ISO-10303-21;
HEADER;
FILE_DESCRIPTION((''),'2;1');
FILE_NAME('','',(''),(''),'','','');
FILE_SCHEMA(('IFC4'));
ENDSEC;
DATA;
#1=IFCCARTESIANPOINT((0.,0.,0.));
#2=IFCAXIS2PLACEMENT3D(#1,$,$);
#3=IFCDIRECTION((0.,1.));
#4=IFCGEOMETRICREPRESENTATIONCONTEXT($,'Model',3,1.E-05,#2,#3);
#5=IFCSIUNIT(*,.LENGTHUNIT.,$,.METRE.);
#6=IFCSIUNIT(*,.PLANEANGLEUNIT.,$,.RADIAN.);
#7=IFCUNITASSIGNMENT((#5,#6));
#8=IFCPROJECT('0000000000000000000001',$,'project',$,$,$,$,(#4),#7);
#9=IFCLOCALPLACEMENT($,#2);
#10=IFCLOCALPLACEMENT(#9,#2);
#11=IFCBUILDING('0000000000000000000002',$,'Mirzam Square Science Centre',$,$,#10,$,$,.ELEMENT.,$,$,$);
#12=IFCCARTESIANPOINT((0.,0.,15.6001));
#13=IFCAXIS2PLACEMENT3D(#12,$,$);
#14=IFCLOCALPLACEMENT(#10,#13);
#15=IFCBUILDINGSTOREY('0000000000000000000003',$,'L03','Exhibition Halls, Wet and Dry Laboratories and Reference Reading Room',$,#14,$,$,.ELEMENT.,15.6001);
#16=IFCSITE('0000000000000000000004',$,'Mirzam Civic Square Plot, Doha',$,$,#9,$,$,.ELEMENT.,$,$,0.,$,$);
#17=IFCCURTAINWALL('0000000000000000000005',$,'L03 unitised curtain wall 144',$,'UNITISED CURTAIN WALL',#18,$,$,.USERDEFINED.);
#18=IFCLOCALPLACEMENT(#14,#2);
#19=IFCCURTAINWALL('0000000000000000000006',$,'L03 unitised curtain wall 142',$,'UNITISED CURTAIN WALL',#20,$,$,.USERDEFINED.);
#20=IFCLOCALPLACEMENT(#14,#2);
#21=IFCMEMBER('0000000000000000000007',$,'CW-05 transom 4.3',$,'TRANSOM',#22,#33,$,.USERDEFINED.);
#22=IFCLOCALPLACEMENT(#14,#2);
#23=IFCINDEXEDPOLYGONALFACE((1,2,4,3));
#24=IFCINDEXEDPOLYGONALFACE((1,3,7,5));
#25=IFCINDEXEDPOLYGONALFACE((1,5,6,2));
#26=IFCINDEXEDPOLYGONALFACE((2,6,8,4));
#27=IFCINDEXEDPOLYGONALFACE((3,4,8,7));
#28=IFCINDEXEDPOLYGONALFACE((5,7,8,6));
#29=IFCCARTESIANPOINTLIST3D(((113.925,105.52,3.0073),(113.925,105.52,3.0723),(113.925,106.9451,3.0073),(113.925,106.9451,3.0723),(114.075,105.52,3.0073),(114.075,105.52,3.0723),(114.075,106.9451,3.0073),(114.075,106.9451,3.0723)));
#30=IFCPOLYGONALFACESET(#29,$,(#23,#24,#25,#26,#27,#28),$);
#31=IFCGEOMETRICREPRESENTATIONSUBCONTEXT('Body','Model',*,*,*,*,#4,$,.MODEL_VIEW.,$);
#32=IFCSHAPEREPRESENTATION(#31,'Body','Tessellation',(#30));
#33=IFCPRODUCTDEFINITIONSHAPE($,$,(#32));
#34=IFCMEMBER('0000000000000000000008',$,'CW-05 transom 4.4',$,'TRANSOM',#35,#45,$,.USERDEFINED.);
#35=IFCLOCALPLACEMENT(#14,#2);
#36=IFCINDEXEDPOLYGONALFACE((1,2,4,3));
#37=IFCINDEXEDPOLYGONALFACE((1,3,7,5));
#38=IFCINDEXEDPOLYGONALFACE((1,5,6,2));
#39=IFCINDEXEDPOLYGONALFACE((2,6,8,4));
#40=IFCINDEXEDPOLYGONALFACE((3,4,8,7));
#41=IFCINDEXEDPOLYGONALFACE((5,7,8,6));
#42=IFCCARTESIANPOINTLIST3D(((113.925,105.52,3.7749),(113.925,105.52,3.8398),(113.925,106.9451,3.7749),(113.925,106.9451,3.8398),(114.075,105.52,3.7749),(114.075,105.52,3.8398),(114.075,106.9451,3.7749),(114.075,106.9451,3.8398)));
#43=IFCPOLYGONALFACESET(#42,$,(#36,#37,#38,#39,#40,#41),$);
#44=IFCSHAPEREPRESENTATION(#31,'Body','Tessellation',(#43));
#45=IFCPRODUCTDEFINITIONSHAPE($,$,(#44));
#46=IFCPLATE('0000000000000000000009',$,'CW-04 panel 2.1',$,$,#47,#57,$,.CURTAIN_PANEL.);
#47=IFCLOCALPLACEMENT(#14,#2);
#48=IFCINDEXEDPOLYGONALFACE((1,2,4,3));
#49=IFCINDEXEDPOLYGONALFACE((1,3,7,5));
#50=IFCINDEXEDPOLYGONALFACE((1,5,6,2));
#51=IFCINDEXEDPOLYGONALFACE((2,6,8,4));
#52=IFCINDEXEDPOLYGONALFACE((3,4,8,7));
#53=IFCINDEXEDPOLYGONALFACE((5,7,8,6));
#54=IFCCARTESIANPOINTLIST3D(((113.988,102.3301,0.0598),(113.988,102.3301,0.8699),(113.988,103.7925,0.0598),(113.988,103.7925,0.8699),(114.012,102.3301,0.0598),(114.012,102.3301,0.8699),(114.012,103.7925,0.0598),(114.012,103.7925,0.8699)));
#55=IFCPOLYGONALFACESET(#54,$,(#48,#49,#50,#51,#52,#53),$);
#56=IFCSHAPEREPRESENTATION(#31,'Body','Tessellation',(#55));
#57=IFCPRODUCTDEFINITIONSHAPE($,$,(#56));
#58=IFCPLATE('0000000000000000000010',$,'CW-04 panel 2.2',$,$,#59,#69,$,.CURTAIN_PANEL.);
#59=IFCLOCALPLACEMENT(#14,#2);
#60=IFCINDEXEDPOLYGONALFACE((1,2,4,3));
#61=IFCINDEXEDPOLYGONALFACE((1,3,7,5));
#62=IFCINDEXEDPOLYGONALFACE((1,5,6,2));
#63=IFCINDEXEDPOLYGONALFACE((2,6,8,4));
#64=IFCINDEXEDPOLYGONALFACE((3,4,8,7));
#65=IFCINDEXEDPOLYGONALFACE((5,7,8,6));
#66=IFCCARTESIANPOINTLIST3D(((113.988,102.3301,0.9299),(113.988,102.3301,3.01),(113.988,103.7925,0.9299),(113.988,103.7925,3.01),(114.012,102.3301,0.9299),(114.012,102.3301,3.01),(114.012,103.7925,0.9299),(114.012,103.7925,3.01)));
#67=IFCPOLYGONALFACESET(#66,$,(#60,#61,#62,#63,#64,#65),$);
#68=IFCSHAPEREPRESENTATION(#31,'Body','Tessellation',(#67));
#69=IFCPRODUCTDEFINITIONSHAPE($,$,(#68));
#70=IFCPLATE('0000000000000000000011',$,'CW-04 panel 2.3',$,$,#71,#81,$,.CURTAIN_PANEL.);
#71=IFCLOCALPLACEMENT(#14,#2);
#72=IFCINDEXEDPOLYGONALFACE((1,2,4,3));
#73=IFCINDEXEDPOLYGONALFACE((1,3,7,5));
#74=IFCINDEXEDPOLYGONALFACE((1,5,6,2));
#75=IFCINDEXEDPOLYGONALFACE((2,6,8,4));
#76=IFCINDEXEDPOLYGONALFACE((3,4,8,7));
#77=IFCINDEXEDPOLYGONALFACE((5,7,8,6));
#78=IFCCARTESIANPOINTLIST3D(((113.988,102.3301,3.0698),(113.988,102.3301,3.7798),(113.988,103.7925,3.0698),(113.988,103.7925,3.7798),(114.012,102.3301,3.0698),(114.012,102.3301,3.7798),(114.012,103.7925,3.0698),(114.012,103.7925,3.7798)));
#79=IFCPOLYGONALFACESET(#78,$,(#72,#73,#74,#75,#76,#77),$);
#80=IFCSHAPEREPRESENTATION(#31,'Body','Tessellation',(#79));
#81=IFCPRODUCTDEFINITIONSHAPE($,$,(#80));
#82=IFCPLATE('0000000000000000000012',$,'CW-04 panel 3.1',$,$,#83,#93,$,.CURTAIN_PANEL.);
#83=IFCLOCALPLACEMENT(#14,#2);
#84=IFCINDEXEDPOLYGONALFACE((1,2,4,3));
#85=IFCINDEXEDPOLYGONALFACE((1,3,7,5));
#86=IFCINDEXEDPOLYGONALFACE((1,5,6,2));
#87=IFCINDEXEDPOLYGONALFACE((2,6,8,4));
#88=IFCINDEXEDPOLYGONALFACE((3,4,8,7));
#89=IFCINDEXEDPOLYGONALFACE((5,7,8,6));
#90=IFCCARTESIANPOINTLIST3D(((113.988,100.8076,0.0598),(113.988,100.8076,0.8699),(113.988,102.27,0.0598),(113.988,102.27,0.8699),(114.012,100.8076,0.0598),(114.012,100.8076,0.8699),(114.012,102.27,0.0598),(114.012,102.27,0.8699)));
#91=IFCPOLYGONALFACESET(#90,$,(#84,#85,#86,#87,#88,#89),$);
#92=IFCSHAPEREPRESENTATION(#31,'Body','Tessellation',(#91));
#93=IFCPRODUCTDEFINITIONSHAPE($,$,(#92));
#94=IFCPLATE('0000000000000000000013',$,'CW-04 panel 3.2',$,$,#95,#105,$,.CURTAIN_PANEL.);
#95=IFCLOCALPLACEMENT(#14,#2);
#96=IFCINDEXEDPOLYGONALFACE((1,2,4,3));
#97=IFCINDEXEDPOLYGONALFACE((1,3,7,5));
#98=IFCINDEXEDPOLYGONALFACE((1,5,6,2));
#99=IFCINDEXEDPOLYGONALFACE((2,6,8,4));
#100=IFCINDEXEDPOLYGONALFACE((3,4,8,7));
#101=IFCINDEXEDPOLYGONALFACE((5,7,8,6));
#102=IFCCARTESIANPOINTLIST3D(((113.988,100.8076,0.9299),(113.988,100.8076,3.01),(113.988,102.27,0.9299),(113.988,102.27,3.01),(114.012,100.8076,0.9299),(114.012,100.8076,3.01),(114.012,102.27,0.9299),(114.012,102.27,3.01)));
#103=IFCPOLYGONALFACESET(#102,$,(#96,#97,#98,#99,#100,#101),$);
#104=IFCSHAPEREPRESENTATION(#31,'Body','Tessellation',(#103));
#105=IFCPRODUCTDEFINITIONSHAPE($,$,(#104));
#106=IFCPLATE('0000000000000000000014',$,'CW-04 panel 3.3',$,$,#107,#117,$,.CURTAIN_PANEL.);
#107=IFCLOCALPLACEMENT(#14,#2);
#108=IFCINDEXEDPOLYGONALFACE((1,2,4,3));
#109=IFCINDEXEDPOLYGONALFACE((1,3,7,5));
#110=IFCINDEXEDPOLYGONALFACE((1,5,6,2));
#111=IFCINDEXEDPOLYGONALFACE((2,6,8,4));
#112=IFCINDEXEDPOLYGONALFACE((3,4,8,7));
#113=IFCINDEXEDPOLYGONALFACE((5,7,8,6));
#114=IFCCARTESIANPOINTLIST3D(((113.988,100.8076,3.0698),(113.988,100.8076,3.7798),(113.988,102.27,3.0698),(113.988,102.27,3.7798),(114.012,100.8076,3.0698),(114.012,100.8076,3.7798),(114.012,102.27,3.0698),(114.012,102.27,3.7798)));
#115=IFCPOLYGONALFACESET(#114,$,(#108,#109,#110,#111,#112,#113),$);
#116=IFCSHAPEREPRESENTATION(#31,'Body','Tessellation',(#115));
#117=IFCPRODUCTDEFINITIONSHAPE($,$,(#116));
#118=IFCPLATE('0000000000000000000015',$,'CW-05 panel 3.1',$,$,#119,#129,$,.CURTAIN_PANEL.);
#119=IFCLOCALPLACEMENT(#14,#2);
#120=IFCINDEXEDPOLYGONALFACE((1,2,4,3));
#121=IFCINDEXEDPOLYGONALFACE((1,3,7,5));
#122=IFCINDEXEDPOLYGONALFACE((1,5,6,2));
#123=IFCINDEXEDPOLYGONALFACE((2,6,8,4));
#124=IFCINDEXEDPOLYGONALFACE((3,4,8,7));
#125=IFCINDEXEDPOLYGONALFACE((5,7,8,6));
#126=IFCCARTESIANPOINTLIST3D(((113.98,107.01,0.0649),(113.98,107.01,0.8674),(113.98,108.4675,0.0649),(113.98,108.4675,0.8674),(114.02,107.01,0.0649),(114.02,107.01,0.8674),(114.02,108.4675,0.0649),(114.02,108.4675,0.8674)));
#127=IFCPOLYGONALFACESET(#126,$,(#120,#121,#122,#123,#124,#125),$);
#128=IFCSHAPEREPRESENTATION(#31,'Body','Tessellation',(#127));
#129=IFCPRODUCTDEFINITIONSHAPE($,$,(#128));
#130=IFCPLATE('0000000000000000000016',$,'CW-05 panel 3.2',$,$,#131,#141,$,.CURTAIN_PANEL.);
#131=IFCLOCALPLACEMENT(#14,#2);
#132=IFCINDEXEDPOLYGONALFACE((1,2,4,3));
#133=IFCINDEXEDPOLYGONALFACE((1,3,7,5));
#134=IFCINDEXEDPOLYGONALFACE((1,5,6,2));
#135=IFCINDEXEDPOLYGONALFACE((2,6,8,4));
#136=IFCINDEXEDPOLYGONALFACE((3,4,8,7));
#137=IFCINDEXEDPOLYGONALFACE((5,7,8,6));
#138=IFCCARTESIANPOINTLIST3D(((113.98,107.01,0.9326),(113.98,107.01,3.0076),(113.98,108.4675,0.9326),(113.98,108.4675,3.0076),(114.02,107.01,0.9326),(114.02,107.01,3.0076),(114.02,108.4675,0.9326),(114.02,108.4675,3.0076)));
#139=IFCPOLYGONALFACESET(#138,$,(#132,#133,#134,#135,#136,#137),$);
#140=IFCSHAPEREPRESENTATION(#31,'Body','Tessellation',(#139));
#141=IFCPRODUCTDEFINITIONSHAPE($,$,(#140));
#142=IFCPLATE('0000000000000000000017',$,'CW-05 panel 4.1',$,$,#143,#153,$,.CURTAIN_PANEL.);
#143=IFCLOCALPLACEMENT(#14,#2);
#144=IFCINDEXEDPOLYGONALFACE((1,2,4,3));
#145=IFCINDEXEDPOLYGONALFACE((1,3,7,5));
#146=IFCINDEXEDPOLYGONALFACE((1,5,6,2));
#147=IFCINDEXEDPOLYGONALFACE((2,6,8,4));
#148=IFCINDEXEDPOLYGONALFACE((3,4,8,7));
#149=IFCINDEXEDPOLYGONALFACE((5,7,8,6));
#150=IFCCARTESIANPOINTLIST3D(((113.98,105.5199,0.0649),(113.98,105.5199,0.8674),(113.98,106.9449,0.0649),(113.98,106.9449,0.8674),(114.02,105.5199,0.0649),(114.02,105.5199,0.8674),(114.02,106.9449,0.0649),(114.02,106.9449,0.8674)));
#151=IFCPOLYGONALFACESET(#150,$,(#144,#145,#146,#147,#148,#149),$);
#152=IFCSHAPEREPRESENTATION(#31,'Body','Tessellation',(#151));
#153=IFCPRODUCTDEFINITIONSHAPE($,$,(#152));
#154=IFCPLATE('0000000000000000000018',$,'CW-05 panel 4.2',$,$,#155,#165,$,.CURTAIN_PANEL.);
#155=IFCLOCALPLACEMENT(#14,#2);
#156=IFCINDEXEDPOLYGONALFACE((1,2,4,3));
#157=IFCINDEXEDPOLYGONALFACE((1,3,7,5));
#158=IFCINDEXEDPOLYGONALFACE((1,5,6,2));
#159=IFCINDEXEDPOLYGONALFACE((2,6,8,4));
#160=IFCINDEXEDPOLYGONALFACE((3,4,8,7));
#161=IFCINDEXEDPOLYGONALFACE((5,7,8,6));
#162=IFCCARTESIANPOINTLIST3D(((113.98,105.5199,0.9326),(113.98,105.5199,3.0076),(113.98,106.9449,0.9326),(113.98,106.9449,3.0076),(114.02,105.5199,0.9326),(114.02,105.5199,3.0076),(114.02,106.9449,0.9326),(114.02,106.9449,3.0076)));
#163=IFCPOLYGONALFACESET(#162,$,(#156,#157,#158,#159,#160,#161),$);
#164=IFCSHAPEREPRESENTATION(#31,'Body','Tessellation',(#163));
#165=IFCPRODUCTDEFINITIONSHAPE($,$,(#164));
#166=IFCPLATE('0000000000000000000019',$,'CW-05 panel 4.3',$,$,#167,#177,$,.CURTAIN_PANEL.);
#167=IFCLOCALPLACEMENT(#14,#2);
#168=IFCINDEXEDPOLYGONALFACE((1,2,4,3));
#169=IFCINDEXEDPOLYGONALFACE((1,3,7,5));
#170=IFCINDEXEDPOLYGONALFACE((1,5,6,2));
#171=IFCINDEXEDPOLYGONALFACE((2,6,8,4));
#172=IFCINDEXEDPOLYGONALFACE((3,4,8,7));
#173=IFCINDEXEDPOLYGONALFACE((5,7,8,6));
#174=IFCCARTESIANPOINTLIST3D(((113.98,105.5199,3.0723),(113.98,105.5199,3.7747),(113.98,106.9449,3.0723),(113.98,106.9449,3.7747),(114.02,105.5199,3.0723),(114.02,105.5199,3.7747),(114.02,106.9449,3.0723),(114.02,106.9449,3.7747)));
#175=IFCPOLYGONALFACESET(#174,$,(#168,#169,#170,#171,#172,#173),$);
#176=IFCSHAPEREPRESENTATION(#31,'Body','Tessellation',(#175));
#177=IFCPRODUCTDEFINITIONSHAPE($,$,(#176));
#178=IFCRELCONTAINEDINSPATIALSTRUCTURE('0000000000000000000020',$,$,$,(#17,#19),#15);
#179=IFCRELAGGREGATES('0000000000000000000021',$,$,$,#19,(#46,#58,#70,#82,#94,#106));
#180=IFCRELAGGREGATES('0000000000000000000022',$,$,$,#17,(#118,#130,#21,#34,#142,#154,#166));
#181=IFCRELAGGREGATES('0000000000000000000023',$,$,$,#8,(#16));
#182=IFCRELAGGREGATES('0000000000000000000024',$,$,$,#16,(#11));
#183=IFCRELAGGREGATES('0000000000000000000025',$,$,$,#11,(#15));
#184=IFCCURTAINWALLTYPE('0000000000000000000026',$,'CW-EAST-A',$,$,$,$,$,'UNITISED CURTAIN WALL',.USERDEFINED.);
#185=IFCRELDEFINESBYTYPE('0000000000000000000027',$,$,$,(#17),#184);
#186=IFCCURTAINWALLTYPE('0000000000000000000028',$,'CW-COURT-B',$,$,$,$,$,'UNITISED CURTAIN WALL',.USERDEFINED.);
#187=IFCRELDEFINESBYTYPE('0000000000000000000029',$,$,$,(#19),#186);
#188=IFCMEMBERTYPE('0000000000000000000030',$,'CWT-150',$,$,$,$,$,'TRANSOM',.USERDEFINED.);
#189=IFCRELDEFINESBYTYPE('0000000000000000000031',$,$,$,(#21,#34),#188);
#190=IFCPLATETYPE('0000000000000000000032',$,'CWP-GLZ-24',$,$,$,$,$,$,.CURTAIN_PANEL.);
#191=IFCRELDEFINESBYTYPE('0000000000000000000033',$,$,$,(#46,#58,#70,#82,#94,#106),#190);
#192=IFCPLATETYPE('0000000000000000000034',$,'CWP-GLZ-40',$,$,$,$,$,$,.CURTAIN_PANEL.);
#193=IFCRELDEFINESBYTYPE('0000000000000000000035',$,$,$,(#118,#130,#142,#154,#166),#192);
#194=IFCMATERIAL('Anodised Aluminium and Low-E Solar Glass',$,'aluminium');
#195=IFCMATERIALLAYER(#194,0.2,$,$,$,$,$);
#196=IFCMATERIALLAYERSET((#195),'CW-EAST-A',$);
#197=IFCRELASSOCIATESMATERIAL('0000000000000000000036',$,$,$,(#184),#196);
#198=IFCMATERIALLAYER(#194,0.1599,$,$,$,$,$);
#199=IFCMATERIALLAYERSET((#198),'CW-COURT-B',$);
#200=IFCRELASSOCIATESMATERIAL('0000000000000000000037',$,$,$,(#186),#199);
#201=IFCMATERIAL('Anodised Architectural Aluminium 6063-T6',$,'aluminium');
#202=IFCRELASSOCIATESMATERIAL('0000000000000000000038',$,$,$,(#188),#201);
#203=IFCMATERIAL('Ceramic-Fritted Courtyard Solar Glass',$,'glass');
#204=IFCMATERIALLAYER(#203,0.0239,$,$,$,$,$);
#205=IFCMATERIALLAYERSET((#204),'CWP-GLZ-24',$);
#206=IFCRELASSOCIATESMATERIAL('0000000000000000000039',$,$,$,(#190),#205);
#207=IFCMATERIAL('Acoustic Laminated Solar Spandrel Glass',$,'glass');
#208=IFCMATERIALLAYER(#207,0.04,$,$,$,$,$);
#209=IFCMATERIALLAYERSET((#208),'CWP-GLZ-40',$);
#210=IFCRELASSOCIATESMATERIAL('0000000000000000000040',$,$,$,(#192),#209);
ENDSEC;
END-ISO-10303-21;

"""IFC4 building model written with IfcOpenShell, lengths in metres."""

from ifc_helpers import new_model, si_unit, direction, frame, origin, origin_2d, place, context, subcontext, project, spatial, rectangle, extrude, material, layer, layer_set, material_profile, profile_set, type_object, element, aggregate, save


model = new_model("IFC4")

# Units and contexts
model_context = context("Model", 3, precision=1e-05, world=origin(), true_north=direction((0.0, 1.0)))
body_context = subcontext(model_context, "Body", "Model", "MODEL_VIEW")
ifc_project = project(units=[si_unit("LENGTHUNIT", "METRE"), si_unit("PLANEANGLEUNIT", "RADIAN")], contexts=[model_context])

# Site, building, storey
site_placement = place(None, origin())
site = spatial("IfcSite", under=ifc_project, at=site_placement, Name="Mirzam Civic Square Plot, Doha", CompositionType="ELEMENT", RefElevation=0.0)
building_placement = place(site_placement, origin())
building = spatial("IfcBuilding", under=site, at=building_placement, Name="Mirzam Square Science Centre", CompositionType="ELEMENT")
storey_placement = place(building_placement, frame((0.0, 0.0, 15.6001)))
storey = spatial("IfcBuildingStorey", under=building, at=storey_placement, Name="L03", Description="Exhibition Halls, Wet and Dry Laboratories and Reference Reading Room", CompositionType="ELEMENT", Elevation=15.6001)

# Curtain walls
ifc_material_1 = material(Name="Anodised Aluminium and Low-E Solar Glass", Category="aluminium")
ifc_layer_1 = layer(ifc_material_1, 0.2)
ifc_layer_set_1 = layer_set([ifc_layer_1], Name="CW-EAST-A")
curtain_wall_type_1 = type_object("IfcCurtainWallType", Name="CW-EAST-A", ElementType="UNITISED CURTAIN WALL", PredefinedType="USERDEFINED", material=ifc_layer_set_1)
curtain_wall_1_placement = place(storey_placement, origin())
curtain_wall_1 = element("IfcCurtainWall", 1, at=curtain_wall_1_placement, inside=storey, type_object=curtain_wall_type_1, Name="L03 unitised curtain wall 144", ObjectType="UNITISED CURTAIN WALL", PredefinedType="USERDEFINED")
ifc_material_2 = material(Name="Anodised Architectural Aluminium 6063-T6", Category="aluminium")
ifc_layer_2 = layer(ifc_material_1, 0.1599)
ifc_layer_set_2 = layer_set([ifc_layer_2], Name="CW-COURT-B")
curtain_wall_type_2 = type_object("IfcCurtainWallType", Name="CW-COURT-B", ElementType="UNITISED CURTAIN WALL", PredefinedType="USERDEFINED", material=ifc_layer_set_2)
curtain_wall_2_placement = place(storey_placement, origin())
curtain_wall_2 = element("IfcCurtainWall", 2, at=curtain_wall_2_placement, inside=storey, type_object=curtain_wall_type_2, Name="L03 unitised curtain wall 142", ObjectType="UNITISED CURTAIN WALL", PredefinedType="USERDEFINED")

# Members
ifc_material_profile_1 = material_profile(ifc_material_2, rectangle(XDim=0.1499, YDim=0.0649, at=origin_2d()), Name="ALU-TRAN-150x65x4")
ifc_profile_set_1 = profile_set([ifc_material_profile_1], Name="Anodised Architectural Aluminium 6063-T6")
member_type_1 = type_object("IfcMemberType", Name="CWT-150", ElementType="TRANSOM", PredefinedType="USERDEFINED", material=ifc_profile_set_1)
member_1_placement = place(storey_placement, frame((114.0, 106.9451, 3.0398), z_axis=(0.0, -1.0, 0.0), x_axis=(1.0, 0.0, 0.0)))
member_1 = element("IfcMember", 3, at=member_1_placement, type_object=member_type_1, Name="CW-05 transom 4.3", ObjectType="TRANSOM", PredefinedType="USERDEFINED", context=body_context, shape_type="SweptSolid", body=[
    extrude(rectangle(XDim=0.1499, YDim=0.0649, at=origin_2d()), origin(), (0.0, 0.0, 1.0), 1.425),
])
member_2_placement = place(storey_placement, frame((114.0, 106.9451, 3.8074), z_axis=(0.0, -1.0, 0.0), x_axis=(1.0, 0.0, 0.0)))
member_2 = element("IfcMember", 4, at=member_2_placement, type_object=member_type_1, Name="CW-05 transom 4.4", ObjectType="TRANSOM", PredefinedType="USERDEFINED", context=body_context, shape_type="SweptSolid", body=[
    extrude(rectangle(XDim=0.1499, YDim=0.0649, at=origin_2d()), origin(), (0.0, 0.0, 1.0), 1.425),
])

# Plates
ifc_material_3 = material(Name="Ceramic-Fritted Courtyard Solar Glass", Category="glass")
ifc_layer_3 = layer(ifc_material_3, 0.0239)
ifc_layer_set_3 = layer_set([ifc_layer_3], Name="CWP-GLZ-24")
plate_type_1 = type_object("IfcPlateType", Name="CWP-GLZ-24", PredefinedType="CURTAIN_PANEL", material=ifc_layer_set_3)
plate_1_placement = place(storey_placement, frame((114.0, 103.0613, 0.0598), z_axis=(0.0, 0.0, 1.0), x_axis=(0.0, -1.0, 0.0)))
plate_1 = element("IfcPlate", 5, at=plate_1_placement, type_object=plate_type_1, Name="CW-04 panel 2.1", PredefinedType="CURTAIN_PANEL", context=body_context, shape_type="SweptSolid", body=[
    extrude(rectangle(XDim=1.4624, YDim=0.0239, at=origin_2d()), origin(), (0.0, 0.0, 1.0), 0.8101),
])
plate_2_placement = place(storey_placement, frame((114.0, 103.0613, 0.9299), z_axis=(0.0, 0.0, 1.0), x_axis=(0.0, -1.0, 0.0)))
plate_2 = element("IfcPlate", 6, at=plate_2_placement, type_object=plate_type_1, Name="CW-04 panel 2.2", PredefinedType="CURTAIN_PANEL", context=body_context, shape_type="SweptSolid", body=[
    extrude(rectangle(XDim=1.4624, YDim=0.0239, at=origin_2d()), origin(), (0.0, 0.0, 1.0), 2.0801),
])
plate_3_placement = place(storey_placement, frame((114.0, 103.0613, 3.0698), z_axis=(0.0, 0.0, 1.0), x_axis=(0.0, -1.0, 0.0)))
plate_3 = element("IfcPlate", 7, at=plate_3_placement, type_object=plate_type_1, Name="CW-04 panel 2.3", PredefinedType="CURTAIN_PANEL", context=body_context, shape_type="SweptSolid", body=[
    extrude(rectangle(XDim=1.4624, YDim=0.0239, at=origin_2d()), origin(), (0.0, 0.0, 1.0), 0.71),
])
plate_4_placement = place(storey_placement, frame((114.0, 101.5388, 0.0598), z_axis=(0.0, 0.0, 1.0), x_axis=(0.0, -1.0, 0.0)))
plate_4 = element("IfcPlate", 8, at=plate_4_placement, type_object=plate_type_1, Name="CW-04 panel 3.1", PredefinedType="CURTAIN_PANEL", context=body_context, shape_type="SweptSolid", body=[
    extrude(rectangle(XDim=1.4624, YDim=0.0239, at=origin_2d()), origin(), (0.0, 0.0, 1.0), 0.8101),
])
plate_5_placement = place(storey_placement, frame((114.0, 101.5388, 0.9299), z_axis=(0.0, 0.0, 1.0), x_axis=(0.0, -1.0, 0.0)))
plate_5 = element("IfcPlate", 9, at=plate_5_placement, type_object=plate_type_1, Name="CW-04 panel 3.2", PredefinedType="CURTAIN_PANEL", context=body_context, shape_type="SweptSolid", body=[
    extrude(rectangle(XDim=1.4624, YDim=0.0239, at=origin_2d()), origin(), (0.0, 0.0, 1.0), 2.0801),
])
plate_6_placement = place(storey_placement, frame((114.0, 101.5388, 3.0698), z_axis=(0.0, 0.0, 1.0), x_axis=(0.0, -1.0, 0.0)))
plate_6 = element("IfcPlate", 10, at=plate_6_placement, type_object=plate_type_1, Name="CW-04 panel 3.3", PredefinedType="CURTAIN_PANEL", context=body_context, shape_type="SweptSolid", body=[
    extrude(rectangle(XDim=1.4624, YDim=0.0239, at=origin_2d()), origin(), (0.0, 0.0, 1.0), 0.71),
])
aggregate(curtain_wall_2, [plate_1, plate_2, plate_3, plate_4, plate_5, plate_6])
ifc_material_4 = material(Name="Acoustic Laminated Solar Spandrel Glass", Category="glass")
ifc_layer_4 = layer(ifc_material_4, 0.04)
ifc_layer_set_4 = layer_set([ifc_layer_4], Name="CWP-GLZ-40")
plate_type_2 = type_object("IfcPlateType", Name="CWP-GLZ-40", PredefinedType="CURTAIN_PANEL", material=ifc_layer_set_4)
plate_7_placement = place(storey_placement, frame((114.0, 107.7388, 0.0649), z_axis=(0.0, 0.0, 1.0), x_axis=(0.0, -1.0, 0.0)))
plate_7 = element("IfcPlate", 11, at=plate_7_placement, type_object=plate_type_2, Name="CW-05 panel 3.1", PredefinedType="CURTAIN_PANEL", context=body_context, shape_type="SweptSolid", body=[
    extrude(rectangle(XDim=1.4575, YDim=0.04, at=origin_2d()), origin(), (0.0, 0.0, 1.0), 0.8025),
])
plate_8_placement = place(storey_placement, frame((114.0, 107.7388, 0.9326), z_axis=(0.0, 0.0, 1.0), x_axis=(0.0, -1.0, 0.0)))
plate_8 = element("IfcPlate", 12, at=plate_8_placement, type_object=plate_type_2, Name="CW-05 panel 3.2", PredefinedType="CURTAIN_PANEL", context=body_context, shape_type="SweptSolid", body=[
    extrude(rectangle(XDim=1.4575, YDim=0.04, at=origin_2d()), origin(), (0.0, 0.0, 1.0), 2.075),
])
plate_9_placement = place(storey_placement, frame((114.0, 106.2324, 0.0649), z_axis=(0.0, 0.0, 1.0), x_axis=(0.0, -1.0, 0.0)))
plate_9 = element("IfcPlate", 13, at=plate_9_placement, type_object=plate_type_2, Name="CW-05 panel 4.1", PredefinedType="CURTAIN_PANEL", context=body_context, shape_type="SweptSolid", body=[
    extrude(rectangle(XDim=1.425, YDim=0.04, at=origin_2d()), origin(), (0.0, 0.0, 1.0), 0.8025),
])
plate_10_placement = place(storey_placement, frame((114.0, 106.2324, 0.9326), z_axis=(0.0, 0.0, 1.0), x_axis=(0.0, -1.0, 0.0)))
plate_10 = element("IfcPlate", 14, at=plate_10_placement, type_object=plate_type_2, Name="CW-05 panel 4.2", PredefinedType="CURTAIN_PANEL", context=body_context, shape_type="SweptSolid", body=[
    extrude(rectangle(XDim=1.425, YDim=0.04, at=origin_2d()), origin(), (0.0, 0.0, 1.0), 2.075),
])
plate_11_placement = place(storey_placement, frame((114.0, 106.2324, 3.0723), z_axis=(0.0, 0.0, 1.0), x_axis=(0.0, -1.0, 0.0)))
plate_11 = element("IfcPlate", 15, at=plate_11_placement, type_object=plate_type_2, Name="CW-05 panel 4.3", PredefinedType="CURTAIN_PANEL", context=body_context, shape_type="SweptSolid", body=[
    extrude(rectangle(XDim=1.425, YDim=0.04, at=origin_2d()), origin(), (0.0, 0.0, 1.0), 0.7024),
])
aggregate(curtain_wall_1, [plate_7, plate_8, member_1, member_2, plate_9, plate_10, plate_11])

save(model, "model.ifc")
